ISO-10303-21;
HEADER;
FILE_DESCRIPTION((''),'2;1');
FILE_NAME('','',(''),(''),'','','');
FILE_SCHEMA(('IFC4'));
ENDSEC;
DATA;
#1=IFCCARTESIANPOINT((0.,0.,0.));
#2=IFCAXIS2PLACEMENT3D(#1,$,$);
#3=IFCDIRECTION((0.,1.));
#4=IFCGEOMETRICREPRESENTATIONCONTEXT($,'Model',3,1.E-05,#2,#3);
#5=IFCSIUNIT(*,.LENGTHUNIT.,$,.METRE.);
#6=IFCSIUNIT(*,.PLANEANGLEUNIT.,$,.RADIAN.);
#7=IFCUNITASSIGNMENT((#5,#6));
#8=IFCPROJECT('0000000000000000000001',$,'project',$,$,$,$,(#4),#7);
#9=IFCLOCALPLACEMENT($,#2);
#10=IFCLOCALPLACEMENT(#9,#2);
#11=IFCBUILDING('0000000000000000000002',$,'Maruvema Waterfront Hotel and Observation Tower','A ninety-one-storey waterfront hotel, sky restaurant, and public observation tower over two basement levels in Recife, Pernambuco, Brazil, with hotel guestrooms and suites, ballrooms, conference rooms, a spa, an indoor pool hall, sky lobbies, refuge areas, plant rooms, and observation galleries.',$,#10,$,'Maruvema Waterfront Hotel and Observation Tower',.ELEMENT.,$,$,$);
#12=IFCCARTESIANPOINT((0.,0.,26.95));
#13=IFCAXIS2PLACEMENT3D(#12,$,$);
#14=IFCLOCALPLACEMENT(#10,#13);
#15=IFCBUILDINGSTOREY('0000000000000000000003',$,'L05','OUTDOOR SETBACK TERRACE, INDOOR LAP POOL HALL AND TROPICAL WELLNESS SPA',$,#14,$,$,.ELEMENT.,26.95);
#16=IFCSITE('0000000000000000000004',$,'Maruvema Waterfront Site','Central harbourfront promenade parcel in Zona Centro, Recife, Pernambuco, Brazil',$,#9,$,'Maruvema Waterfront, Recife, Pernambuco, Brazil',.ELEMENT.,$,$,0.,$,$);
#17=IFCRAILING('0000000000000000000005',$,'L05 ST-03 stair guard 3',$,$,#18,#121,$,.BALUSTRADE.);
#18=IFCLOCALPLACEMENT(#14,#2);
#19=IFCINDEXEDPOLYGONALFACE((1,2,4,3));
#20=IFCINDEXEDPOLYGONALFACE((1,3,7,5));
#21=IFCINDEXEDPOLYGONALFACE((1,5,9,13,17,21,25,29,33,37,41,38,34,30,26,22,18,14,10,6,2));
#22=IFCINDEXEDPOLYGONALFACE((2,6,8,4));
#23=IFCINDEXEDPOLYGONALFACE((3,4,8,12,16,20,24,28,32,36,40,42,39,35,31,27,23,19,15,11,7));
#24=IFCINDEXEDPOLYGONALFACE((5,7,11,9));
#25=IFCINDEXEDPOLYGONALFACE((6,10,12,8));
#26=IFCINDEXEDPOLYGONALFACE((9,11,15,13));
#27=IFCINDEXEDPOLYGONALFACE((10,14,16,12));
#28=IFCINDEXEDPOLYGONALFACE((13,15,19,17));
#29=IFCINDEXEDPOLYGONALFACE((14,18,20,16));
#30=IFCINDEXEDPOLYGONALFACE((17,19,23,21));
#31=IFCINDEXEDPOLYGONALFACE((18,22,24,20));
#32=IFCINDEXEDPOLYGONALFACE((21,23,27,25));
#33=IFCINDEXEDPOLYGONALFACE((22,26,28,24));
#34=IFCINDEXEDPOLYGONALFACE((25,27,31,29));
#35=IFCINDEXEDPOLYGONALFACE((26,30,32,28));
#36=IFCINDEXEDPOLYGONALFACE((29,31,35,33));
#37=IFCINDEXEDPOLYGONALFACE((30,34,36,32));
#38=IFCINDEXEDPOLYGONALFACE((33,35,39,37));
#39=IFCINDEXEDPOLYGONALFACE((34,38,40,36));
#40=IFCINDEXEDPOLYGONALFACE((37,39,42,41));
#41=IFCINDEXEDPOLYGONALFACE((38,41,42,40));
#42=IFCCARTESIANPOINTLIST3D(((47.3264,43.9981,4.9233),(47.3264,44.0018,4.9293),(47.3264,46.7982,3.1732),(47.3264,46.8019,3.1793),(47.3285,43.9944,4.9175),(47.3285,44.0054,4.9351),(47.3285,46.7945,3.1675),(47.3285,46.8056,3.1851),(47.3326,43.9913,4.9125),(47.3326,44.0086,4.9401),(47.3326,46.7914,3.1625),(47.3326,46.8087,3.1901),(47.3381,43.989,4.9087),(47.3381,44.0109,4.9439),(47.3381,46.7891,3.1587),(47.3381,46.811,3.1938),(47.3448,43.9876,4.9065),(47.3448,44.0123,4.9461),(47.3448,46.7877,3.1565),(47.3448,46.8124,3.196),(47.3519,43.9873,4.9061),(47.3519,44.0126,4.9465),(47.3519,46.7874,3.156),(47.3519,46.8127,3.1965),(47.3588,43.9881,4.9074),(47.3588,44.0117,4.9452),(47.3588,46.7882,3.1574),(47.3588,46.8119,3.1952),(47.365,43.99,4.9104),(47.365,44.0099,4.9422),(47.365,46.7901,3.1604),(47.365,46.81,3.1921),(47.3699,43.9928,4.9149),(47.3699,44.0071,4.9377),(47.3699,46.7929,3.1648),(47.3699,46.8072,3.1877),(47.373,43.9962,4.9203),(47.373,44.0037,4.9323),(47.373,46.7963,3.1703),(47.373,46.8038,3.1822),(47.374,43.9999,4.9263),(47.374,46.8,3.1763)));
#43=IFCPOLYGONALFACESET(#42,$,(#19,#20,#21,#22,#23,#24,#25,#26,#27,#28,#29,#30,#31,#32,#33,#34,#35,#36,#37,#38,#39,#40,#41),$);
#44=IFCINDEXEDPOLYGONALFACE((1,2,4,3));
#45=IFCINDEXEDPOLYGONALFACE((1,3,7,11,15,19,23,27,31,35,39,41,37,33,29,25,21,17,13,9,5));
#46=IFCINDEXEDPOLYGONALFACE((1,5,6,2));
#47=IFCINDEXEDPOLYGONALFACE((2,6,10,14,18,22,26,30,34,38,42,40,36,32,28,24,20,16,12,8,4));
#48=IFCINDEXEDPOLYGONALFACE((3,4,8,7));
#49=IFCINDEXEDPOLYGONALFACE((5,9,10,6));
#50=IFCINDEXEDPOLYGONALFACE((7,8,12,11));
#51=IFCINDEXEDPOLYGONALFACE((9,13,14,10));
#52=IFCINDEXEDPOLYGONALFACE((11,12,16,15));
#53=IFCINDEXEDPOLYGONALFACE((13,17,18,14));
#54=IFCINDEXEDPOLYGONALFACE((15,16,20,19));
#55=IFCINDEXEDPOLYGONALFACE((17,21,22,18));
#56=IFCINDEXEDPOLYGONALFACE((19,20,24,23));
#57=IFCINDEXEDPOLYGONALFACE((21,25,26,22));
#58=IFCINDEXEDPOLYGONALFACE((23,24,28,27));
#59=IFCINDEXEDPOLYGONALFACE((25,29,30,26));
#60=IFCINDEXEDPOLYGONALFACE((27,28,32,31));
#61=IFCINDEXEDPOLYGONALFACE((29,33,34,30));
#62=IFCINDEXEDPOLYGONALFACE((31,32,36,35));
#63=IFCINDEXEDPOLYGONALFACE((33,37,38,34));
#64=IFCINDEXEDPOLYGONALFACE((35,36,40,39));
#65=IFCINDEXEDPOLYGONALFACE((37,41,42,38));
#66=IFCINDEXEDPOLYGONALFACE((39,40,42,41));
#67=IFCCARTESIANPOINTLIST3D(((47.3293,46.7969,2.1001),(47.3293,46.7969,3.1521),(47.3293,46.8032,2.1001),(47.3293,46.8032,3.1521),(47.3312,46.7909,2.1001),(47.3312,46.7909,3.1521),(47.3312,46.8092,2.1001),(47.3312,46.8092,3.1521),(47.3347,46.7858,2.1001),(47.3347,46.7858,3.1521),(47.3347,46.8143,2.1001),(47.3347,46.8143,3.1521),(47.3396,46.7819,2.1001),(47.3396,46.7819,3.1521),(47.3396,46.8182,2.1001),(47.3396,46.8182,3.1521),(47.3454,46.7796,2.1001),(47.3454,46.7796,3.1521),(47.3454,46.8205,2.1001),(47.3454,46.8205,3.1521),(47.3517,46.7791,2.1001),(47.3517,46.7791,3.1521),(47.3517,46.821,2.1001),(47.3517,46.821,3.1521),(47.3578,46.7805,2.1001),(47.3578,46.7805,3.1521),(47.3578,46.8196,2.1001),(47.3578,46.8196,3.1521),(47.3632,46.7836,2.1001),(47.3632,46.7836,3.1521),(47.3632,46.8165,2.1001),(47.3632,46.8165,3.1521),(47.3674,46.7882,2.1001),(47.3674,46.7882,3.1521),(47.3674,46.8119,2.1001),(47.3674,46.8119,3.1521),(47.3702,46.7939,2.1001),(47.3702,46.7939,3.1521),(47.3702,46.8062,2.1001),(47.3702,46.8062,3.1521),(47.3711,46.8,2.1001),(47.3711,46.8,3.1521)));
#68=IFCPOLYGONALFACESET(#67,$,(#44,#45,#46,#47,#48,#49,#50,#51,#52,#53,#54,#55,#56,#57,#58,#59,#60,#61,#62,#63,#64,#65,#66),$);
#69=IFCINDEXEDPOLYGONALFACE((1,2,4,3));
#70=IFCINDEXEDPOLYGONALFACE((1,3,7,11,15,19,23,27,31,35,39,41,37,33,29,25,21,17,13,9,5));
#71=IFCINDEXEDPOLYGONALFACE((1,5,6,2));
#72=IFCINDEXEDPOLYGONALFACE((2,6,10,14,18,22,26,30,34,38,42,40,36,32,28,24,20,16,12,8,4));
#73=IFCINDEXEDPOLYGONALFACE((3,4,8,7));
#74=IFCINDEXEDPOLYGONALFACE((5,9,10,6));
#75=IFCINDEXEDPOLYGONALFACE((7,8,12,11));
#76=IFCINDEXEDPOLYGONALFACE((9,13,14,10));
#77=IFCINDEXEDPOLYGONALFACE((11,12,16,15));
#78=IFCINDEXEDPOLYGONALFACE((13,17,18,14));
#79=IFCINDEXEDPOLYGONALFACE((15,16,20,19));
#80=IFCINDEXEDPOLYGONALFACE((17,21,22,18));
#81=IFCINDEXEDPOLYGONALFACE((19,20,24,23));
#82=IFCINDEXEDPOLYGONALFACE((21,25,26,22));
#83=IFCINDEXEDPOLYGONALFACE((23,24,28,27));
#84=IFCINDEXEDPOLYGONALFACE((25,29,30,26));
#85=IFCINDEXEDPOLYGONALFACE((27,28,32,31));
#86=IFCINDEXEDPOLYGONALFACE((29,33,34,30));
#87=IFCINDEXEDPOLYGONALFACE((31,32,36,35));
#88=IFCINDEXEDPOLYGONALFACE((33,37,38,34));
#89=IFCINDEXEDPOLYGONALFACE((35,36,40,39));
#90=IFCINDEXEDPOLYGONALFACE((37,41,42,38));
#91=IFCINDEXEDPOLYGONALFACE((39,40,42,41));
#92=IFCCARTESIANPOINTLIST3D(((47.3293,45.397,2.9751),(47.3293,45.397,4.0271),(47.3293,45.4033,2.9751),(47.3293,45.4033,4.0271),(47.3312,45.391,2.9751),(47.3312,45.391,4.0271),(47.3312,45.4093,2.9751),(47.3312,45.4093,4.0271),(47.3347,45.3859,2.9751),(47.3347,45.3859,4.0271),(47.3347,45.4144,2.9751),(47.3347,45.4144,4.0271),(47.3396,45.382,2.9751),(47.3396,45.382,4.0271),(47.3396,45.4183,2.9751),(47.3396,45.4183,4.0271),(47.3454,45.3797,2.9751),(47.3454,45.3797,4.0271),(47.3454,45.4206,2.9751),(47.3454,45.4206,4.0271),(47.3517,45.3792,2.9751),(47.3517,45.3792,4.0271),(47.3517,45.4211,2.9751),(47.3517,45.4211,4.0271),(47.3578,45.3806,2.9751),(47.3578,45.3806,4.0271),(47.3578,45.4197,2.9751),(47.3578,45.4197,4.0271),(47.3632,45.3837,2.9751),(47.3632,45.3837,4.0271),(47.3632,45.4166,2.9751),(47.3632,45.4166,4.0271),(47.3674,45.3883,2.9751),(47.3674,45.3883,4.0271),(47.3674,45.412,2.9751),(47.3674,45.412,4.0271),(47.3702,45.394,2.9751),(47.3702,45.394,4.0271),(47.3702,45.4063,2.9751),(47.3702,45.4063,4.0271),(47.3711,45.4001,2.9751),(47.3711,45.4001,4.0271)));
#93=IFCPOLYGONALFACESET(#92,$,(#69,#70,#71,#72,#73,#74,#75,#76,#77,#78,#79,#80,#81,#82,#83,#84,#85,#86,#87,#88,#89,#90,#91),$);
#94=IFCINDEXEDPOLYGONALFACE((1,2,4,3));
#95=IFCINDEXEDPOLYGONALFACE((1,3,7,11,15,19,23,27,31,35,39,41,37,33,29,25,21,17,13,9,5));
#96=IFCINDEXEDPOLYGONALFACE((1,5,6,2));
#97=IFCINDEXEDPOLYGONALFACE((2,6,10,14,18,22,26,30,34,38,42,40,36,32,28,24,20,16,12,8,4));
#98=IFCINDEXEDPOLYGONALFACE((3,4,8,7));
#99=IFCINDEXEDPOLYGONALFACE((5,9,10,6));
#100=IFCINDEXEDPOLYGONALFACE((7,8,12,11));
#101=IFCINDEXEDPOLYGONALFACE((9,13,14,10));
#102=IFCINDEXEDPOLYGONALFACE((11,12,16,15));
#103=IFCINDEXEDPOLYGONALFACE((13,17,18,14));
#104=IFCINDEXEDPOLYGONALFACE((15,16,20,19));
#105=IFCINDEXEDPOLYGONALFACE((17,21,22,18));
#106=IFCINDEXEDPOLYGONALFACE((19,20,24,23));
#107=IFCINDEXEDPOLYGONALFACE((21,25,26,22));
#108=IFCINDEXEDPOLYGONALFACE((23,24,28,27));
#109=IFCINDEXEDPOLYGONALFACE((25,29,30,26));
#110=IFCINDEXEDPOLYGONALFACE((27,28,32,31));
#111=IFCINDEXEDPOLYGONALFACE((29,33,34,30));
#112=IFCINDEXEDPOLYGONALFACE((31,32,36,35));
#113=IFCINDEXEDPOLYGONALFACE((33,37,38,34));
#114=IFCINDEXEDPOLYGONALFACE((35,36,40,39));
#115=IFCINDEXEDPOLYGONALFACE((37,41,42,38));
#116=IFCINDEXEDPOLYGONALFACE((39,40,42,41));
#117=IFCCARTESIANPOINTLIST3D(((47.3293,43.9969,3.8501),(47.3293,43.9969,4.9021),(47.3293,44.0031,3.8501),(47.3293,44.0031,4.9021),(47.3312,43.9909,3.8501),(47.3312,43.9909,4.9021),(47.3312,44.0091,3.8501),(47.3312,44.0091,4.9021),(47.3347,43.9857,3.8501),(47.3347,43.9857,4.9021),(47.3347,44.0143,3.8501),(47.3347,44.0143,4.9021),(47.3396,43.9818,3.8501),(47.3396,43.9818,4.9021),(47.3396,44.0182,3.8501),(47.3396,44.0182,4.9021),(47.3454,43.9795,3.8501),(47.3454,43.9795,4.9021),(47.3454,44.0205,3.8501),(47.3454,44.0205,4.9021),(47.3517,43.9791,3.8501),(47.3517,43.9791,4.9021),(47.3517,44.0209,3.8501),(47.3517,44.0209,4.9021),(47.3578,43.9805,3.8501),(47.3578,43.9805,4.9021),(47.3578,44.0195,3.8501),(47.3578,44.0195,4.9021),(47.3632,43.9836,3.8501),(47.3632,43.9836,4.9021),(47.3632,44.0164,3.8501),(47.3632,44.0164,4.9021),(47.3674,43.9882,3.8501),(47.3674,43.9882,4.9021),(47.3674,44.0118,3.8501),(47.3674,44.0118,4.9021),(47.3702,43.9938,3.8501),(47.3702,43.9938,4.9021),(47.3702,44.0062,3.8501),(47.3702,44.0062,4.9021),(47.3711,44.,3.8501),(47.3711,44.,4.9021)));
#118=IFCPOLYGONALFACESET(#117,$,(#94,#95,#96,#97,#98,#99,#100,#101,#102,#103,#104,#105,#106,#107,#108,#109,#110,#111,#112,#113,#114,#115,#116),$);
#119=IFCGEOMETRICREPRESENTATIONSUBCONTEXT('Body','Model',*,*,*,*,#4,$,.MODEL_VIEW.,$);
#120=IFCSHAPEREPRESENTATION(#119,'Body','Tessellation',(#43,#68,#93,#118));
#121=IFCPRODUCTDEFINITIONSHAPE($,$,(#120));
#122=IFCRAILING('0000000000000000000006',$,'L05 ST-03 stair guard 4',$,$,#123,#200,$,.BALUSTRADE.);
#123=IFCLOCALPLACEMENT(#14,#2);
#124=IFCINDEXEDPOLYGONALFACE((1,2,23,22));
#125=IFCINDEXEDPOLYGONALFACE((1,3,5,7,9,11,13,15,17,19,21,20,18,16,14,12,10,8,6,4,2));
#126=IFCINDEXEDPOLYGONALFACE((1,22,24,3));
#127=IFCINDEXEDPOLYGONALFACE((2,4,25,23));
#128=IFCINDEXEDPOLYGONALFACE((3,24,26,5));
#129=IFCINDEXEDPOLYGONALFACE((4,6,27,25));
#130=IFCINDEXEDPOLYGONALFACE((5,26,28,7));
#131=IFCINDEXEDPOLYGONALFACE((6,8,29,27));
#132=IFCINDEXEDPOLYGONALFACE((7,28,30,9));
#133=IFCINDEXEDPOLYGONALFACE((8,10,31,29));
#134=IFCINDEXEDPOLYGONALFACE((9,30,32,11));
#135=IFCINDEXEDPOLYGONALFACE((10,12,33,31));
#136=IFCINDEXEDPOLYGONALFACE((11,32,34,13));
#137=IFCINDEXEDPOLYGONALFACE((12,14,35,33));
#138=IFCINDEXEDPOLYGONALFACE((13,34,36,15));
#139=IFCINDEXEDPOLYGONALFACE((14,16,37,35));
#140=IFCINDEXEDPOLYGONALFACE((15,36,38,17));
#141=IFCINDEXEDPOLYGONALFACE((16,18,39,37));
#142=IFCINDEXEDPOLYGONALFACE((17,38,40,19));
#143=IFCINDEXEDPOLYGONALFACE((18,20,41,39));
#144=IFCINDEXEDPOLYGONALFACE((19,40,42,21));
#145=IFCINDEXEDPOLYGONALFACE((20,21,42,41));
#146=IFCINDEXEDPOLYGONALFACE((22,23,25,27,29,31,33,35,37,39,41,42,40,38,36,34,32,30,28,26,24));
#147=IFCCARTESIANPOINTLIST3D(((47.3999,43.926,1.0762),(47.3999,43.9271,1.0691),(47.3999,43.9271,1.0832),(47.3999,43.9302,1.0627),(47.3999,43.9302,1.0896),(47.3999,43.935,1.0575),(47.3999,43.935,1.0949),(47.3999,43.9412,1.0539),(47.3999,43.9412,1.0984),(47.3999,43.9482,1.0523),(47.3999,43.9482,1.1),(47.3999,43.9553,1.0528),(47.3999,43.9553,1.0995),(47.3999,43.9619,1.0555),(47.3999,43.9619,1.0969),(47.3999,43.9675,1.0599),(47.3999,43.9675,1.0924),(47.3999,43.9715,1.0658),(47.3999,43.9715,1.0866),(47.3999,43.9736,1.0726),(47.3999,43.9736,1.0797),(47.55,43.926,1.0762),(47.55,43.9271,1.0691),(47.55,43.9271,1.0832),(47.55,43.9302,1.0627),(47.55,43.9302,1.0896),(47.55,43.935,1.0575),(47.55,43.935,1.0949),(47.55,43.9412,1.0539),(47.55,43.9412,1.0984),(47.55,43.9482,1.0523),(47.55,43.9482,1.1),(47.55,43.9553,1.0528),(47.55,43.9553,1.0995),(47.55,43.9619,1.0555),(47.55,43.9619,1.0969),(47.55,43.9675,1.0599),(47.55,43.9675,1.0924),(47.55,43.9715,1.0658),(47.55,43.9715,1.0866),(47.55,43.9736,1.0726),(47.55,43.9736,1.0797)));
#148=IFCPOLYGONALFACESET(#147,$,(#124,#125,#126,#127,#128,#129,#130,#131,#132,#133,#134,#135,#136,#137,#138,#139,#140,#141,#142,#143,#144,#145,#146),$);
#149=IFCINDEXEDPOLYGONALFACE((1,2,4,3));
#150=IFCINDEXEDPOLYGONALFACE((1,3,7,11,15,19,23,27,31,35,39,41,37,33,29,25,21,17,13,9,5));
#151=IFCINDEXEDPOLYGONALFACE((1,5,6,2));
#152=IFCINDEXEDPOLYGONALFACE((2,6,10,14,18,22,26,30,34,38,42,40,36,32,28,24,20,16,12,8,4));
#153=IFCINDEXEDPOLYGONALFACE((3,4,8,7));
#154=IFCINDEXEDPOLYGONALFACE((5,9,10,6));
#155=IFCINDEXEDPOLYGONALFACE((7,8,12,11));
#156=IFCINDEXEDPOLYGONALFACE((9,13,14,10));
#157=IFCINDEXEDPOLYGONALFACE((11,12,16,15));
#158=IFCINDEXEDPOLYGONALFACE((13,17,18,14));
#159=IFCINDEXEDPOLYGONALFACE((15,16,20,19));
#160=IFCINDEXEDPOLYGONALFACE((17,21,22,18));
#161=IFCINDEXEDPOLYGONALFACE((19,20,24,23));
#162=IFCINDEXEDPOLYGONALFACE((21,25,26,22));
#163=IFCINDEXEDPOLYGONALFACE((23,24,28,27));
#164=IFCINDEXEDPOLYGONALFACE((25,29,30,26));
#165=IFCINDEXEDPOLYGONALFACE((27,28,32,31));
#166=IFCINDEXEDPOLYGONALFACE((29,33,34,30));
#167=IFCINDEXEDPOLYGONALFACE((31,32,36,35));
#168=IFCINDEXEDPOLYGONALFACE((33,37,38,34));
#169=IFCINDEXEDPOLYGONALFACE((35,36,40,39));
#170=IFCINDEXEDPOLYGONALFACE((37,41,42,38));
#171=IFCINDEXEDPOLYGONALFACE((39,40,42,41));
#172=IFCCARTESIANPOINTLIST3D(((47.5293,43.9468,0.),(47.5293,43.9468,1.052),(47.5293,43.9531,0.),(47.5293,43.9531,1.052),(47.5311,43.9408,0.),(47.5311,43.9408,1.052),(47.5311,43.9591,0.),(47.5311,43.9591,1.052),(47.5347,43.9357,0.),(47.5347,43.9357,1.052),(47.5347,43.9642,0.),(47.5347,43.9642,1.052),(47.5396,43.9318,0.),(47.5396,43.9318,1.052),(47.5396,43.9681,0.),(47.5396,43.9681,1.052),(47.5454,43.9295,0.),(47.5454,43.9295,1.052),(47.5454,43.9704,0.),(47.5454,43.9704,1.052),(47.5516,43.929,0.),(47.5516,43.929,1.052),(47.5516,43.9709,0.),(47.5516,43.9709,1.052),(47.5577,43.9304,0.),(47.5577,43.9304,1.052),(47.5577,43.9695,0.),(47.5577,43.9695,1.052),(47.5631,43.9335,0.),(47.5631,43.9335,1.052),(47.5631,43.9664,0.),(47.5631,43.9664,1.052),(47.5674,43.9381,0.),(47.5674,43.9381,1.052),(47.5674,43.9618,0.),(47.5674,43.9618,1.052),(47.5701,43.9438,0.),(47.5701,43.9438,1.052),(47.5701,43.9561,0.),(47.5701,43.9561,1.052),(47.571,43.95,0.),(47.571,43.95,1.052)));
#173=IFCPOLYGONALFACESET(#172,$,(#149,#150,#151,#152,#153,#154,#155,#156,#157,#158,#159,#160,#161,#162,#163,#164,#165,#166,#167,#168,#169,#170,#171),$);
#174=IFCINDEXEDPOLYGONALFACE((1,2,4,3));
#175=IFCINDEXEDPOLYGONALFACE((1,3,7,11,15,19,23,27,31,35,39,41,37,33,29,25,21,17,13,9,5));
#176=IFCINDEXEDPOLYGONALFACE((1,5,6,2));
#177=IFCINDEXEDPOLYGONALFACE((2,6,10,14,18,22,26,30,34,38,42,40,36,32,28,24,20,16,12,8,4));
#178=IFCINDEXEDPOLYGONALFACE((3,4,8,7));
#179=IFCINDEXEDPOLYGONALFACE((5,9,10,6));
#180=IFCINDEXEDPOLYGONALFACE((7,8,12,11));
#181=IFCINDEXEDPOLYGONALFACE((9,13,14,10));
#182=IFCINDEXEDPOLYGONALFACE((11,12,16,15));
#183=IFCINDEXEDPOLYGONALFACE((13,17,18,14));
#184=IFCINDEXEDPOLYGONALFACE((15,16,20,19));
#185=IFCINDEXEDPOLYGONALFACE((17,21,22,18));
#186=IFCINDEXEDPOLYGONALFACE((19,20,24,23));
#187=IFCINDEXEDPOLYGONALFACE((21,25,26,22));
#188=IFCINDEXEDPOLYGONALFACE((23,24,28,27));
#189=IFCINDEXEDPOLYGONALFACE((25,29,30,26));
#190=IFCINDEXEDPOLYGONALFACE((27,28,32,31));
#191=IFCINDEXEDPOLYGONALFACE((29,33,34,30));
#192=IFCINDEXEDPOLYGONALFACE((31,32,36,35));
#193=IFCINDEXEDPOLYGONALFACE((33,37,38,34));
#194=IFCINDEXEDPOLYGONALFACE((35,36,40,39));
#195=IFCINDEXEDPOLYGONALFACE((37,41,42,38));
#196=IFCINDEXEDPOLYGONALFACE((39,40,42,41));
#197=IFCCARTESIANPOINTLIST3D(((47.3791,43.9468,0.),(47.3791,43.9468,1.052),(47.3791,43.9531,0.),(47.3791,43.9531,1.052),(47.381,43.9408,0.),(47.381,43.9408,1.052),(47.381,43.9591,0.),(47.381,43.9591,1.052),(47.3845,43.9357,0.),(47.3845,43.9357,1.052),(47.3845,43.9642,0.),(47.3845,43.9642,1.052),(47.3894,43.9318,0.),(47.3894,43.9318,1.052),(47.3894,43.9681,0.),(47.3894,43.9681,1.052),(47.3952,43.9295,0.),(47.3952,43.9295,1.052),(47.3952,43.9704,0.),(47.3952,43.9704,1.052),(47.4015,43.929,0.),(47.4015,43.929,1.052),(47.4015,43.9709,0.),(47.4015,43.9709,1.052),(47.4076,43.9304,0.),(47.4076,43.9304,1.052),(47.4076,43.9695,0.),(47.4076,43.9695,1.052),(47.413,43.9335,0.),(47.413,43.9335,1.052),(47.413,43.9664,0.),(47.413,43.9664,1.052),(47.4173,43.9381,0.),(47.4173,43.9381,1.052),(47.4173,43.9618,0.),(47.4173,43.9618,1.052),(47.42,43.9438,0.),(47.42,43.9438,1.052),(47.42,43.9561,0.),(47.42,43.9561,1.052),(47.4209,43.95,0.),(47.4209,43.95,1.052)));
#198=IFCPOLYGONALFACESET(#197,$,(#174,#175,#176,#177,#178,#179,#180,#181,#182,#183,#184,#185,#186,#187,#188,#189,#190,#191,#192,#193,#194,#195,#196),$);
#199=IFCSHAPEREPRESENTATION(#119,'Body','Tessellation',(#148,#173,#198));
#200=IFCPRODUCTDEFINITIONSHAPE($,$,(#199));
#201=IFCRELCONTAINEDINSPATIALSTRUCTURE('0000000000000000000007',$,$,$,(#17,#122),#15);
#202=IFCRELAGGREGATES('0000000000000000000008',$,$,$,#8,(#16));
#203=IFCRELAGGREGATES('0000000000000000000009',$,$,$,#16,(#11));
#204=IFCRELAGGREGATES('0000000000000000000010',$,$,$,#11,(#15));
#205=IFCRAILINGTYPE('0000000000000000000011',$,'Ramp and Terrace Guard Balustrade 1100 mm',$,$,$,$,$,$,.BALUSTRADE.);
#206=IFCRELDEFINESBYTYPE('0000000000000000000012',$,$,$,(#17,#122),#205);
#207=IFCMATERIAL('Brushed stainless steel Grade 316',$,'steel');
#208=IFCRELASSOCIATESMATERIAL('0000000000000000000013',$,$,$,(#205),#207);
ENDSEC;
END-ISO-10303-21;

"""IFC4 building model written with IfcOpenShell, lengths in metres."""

from ifc_helpers import new_model, si_unit, direction, frame, origin, origin_2d, place, context, subcontext, project, spatial, circle, extrude, material, type_object, element, save


model = new_model("IFC4")

# Units and contexts
model_context = context("Model", 3, precision=1e-05, world=origin(), true_north=direction((0.0, 1.0)))
body_context = subcontext(model_context, "Body", "Model", "MODEL_VIEW")
ifc_project = project(units=[si_unit("LENGTHUNIT", "METRE"), si_unit("PLANEANGLEUNIT", "RADIAN")], contexts=[model_context])

# Site, building, storey
site_placement = place(None, origin())
site = spatial("IfcSite", under=ifc_project, at=site_placement, Name="Maruvema Waterfront Site", Description="Central harbourfront promenade parcel in Zona Centro, Recife, Pernambuco, Brazil", LongName="Maruvema Waterfront, Recife, Pernambuco, Brazil", CompositionType="ELEMENT", RefElevation=0.0)
building_placement = place(site_placement, origin())
building = spatial("IfcBuilding", under=site, at=building_placement, Name="Maruvema Waterfront Hotel and Observation Tower", Description="A ninety-one-storey waterfront hotel, sky restaurant, and public observation tower over two basement levels in Recife, Pernambuco, Brazil, with hotel guestrooms and suites, ballrooms, conference rooms, a spa, an indoor pool hall, sky lobbies, refuge areas, plant rooms, and observation galleries.", LongName="Maruvema Waterfront Hotel and Observation Tower", CompositionType="ELEMENT")
storey_placement = place(building_placement, frame((0.0, 0.0, 26.95)))
storey = spatial("IfcBuildingStorey", under=building, at=storey_placement, Name="L05", Description="OUTDOOR SETBACK TERRACE, INDOOR LAP POOL HALL AND TROPICAL WELLNESS SPA", CompositionType="ELEMENT", Elevation=26.95)

# Railings
ifc_material_1 = material(Name="Brushed stainless steel Grade 316", Category="steel")
railing_type_1 = type_object("IfcRailingType", Name="Ramp and Terrace Guard Balustrade 1100 mm", PredefinedType="BALUSTRADE", material=ifc_material_1)
railing_1_placement = place(storey_placement, frame((47.3501, 46.8, 2.1001)))
element("IfcRailing", 1, at=railing_1_placement, inside=storey, type_object=railing_type_1, Name="L05 ST-03 stair guard 3", PredefinedType="BALUSTRADE", context=body_context, shape_type="SweptSolid", body=[
    extrude(circle(Radius=0.0239, at=origin_2d()), frame((0.0, 0.0, 1.0762), z_axis=(0.0, -0.848002, 0.529992), x_axis=(1.0, 0.0, 0.0)), (0.0, 0.0, 1.0), 3.302),
    extrude(circle(Radius=0.021, at=origin_2d()), origin(), (0.0, 0.0, 1.0), 1.052),
    extrude(circle(Radius=0.021, at=origin_2d()), frame((0.0, -1.3999, 0.875)), (0.0, 0.0, 1.0), 1.052),
    extrude(circle(Radius=0.021, at=origin_2d()), frame((0.0, -2.8, 1.75)), (0.0, 0.0, 1.0), 1.052),
])
railing_2_placement = place(storey_placement, frame((47.55, 43.95, 0.0)))
element("IfcRailing", 2, at=railing_2_placement, inside=storey, type_object=railing_type_1, Name="L05 ST-03 stair guard 4", PredefinedType="BALUSTRADE", context=body_context, shape_type="SweptSolid", body=[
    extrude(circle(Radius=0.0239, at=origin_2d()), frame((0.0, 0.0, 1.0762), z_axis=(-1.0, 0.0, 0.0), x_axis=(0.0, -1.0, 0.0)), (0.0, 0.0, 1.0), 0.1501),
    extrude(circle(Radius=0.021, at=origin_2d()), origin(), (0.0, 0.0, 1.0), 1.052),
    extrude(circle(Radius=0.021, at=origin_2d()), frame((-0.1501, 0.0, 0.0)), (0.0, 0.0, 1.0), 1.052),
])

save(model, "model.ifc")
